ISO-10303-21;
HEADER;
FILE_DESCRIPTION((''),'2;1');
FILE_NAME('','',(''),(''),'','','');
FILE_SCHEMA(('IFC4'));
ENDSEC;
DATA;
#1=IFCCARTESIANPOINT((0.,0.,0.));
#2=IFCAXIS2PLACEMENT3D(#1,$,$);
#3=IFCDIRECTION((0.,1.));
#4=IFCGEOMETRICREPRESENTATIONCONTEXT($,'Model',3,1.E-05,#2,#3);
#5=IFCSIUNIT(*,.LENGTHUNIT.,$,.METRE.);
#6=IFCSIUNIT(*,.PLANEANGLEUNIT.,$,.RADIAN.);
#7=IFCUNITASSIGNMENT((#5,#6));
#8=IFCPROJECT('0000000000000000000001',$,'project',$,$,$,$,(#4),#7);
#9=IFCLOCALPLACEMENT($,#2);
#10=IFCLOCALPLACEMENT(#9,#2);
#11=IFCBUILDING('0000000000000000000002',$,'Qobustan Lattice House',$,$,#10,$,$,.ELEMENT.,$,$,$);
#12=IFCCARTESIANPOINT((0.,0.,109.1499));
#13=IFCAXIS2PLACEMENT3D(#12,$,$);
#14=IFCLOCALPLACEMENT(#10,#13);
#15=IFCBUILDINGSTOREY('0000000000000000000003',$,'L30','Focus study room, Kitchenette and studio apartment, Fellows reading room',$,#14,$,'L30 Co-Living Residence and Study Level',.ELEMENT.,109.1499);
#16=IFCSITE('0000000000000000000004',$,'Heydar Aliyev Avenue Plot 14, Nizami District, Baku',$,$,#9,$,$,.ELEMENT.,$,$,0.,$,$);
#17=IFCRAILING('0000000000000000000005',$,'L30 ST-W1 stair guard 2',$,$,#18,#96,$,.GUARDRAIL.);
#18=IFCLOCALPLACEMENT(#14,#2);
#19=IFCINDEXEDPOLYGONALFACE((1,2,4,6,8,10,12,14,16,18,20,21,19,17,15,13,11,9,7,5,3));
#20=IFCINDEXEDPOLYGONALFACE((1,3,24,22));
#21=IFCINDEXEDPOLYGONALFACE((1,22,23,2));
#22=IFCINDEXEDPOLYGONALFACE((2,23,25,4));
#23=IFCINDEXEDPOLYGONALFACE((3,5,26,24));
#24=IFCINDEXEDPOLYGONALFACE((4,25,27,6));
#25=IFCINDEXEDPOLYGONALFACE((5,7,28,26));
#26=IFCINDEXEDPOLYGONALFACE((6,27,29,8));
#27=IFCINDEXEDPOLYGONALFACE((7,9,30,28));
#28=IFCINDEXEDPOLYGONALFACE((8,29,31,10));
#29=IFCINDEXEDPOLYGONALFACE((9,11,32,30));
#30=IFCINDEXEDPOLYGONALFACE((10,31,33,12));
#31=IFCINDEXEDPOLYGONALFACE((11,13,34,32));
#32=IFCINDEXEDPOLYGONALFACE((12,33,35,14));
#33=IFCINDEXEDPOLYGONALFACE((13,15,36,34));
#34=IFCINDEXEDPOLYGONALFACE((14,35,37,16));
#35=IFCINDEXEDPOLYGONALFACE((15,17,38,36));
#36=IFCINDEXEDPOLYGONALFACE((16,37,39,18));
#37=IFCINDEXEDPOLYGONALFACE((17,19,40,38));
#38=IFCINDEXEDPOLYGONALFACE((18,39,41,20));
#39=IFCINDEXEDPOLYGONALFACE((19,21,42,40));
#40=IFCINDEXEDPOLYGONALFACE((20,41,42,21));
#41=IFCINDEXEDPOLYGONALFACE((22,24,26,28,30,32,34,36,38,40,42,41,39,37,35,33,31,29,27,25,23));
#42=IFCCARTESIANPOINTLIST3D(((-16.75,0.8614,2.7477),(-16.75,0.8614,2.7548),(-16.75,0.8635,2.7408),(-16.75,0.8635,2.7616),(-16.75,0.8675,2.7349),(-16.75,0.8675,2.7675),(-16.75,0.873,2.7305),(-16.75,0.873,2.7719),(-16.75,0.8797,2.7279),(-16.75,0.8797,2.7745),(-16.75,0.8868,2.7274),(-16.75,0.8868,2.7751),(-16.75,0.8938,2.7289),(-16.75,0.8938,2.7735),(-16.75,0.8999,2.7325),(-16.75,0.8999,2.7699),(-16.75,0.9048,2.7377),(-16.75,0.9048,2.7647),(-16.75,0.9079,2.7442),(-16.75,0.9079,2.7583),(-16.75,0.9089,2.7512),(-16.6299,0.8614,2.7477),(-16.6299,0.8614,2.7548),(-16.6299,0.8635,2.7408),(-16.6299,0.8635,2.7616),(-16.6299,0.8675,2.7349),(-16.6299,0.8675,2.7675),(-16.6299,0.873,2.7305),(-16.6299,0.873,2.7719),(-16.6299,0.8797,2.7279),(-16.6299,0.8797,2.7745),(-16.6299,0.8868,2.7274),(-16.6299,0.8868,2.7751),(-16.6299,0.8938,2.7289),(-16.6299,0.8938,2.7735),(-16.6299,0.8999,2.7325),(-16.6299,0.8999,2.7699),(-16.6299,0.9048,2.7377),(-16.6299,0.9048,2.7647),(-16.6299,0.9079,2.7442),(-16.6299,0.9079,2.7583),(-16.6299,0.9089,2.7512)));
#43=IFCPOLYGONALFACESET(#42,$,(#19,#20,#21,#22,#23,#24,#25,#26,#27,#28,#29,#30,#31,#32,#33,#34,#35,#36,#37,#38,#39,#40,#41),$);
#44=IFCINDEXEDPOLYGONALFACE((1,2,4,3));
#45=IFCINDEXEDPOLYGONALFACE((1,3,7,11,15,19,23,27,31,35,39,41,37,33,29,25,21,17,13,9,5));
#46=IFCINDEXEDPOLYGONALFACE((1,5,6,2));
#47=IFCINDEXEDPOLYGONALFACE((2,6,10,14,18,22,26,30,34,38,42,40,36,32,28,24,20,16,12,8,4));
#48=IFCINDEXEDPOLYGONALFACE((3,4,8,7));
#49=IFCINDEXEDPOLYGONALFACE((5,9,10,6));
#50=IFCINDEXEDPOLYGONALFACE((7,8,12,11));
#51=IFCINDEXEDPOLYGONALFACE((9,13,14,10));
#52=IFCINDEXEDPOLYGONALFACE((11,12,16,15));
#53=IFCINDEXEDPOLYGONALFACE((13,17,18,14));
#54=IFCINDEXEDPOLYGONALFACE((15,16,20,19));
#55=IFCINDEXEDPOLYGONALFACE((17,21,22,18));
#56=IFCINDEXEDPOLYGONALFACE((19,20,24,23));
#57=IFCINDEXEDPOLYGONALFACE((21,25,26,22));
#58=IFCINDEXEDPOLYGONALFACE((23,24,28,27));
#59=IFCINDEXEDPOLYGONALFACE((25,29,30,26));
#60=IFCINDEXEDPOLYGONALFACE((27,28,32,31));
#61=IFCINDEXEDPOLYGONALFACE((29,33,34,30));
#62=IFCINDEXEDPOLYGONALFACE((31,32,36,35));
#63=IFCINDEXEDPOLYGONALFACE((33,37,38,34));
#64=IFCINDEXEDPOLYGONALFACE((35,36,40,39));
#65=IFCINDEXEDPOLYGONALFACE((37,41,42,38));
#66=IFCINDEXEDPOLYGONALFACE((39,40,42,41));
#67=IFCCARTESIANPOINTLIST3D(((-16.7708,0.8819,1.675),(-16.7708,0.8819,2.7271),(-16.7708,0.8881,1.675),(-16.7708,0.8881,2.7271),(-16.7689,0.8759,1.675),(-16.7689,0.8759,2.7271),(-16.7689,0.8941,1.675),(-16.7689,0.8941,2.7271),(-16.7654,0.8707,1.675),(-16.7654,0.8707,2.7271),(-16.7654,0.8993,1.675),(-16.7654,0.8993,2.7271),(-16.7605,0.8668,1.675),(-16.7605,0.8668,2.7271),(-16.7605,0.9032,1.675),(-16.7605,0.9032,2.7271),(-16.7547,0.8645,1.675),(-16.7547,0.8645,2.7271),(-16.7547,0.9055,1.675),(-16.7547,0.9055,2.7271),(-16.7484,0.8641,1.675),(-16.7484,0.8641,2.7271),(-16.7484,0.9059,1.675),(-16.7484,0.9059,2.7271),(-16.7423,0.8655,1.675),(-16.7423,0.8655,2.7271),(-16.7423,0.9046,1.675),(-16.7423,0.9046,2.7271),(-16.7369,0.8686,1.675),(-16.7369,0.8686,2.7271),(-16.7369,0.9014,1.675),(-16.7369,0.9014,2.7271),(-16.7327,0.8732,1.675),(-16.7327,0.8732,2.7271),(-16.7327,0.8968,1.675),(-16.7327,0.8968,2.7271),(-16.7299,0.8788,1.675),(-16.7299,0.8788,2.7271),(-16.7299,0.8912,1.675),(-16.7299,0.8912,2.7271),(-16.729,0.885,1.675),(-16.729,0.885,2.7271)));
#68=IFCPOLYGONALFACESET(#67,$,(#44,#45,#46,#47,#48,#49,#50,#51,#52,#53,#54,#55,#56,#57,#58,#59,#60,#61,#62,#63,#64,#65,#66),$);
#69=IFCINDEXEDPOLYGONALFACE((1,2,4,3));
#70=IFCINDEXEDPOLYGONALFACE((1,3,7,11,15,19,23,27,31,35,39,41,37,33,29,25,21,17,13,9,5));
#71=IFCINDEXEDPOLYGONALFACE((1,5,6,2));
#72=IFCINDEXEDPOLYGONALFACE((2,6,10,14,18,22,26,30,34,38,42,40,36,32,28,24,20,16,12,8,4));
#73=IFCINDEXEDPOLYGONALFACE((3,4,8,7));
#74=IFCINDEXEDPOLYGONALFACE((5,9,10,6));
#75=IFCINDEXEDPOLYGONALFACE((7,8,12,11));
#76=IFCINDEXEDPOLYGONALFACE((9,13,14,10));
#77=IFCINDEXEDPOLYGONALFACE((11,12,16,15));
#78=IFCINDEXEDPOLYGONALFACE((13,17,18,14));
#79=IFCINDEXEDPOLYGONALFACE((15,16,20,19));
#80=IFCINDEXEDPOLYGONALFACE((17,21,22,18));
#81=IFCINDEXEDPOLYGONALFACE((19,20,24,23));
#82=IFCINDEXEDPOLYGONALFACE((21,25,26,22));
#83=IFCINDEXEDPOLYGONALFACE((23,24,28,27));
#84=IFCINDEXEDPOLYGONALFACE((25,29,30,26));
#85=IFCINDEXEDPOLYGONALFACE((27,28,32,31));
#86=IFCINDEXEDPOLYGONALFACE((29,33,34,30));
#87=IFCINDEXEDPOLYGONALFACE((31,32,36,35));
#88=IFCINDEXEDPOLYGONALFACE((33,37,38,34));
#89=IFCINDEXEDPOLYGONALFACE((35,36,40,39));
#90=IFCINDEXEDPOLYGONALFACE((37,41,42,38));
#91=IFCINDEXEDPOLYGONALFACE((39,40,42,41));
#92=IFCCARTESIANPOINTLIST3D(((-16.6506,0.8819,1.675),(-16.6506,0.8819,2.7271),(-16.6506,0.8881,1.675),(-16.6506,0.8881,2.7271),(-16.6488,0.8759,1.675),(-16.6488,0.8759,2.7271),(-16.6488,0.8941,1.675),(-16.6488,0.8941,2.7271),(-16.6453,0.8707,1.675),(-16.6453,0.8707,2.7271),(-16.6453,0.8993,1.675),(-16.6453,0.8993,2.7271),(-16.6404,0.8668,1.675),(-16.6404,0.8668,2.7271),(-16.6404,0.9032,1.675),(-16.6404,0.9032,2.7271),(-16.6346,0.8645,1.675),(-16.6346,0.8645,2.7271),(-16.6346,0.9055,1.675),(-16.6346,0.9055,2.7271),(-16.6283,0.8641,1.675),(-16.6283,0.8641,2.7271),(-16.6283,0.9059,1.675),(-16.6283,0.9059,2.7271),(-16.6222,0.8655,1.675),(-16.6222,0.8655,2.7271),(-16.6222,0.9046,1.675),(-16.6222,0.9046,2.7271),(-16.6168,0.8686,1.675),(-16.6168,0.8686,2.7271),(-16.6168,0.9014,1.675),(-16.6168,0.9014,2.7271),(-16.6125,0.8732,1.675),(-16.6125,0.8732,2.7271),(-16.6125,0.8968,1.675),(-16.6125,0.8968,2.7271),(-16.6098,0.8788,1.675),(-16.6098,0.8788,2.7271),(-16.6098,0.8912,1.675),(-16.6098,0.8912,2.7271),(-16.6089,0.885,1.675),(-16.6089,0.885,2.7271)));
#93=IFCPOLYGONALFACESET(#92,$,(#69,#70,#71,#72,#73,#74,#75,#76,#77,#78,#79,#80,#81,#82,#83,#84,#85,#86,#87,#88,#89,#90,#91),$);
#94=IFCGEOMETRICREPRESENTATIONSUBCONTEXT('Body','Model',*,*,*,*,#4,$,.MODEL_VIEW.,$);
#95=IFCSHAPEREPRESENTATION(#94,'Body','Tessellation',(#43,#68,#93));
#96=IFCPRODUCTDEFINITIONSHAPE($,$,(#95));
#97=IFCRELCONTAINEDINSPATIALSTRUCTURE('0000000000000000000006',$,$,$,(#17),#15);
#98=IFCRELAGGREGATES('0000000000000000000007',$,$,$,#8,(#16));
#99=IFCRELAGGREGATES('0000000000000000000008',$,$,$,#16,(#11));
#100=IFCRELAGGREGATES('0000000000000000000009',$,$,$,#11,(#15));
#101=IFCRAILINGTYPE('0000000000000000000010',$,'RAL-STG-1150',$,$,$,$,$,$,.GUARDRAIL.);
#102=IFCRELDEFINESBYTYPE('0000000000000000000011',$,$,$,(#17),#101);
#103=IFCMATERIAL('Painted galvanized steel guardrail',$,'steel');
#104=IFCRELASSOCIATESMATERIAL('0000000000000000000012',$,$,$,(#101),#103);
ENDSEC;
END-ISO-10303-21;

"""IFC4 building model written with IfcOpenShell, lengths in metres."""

from ifc_helpers import new_model, si_unit, direction, frame, origin, origin_2d, place, context, subcontext, project, spatial, circle, extrude, material, type_object, element, save


model = new_model("IFC4")

# Units and contexts
model_context = context("Model", 3, precision=1e-05, world=origin(), true_north=direction((0.0, 1.0)))
body_context = subcontext(model_context, "Body", "Model", "MODEL_VIEW")
ifc_project = project(units=[si_unit("LENGTHUNIT", "METRE"), si_unit("PLANEANGLEUNIT", "RADIAN")], contexts=[model_context])

# Site, building, storey
site_placement = place(None, origin())
site = spatial("IfcSite", under=ifc_project, at=site_placement, Name="Heydar Aliyev Avenue Plot 14, Nizami District, Baku", CompositionType="ELEMENT", RefElevation=0.0)
building_placement = place(site_placement, origin())
building = spatial("IfcBuilding", under=site, at=building_placement, Name="Qobustan Lattice House", CompositionType="ELEMENT")
storey_placement = place(building_placement, frame((0.0, 0.0, 109.1499)))
storey = spatial("IfcBuildingStorey", under=building, at=storey_placement, Name="L30", Description="Focus study room, Kitchenette and studio apartment, Fellows reading room", LongName="L30 Co-Living Residence and Study Level", CompositionType="ELEMENT", Elevation=109.1499)

# Railing
ifc_material_1 = material(Name="Painted galvanized steel guardrail", Category="steel")
railing_type = type_object("IfcRailingType", Name="RAL-STG-1150", PredefinedType="GUARDRAIL", material=ifc_material_1)
railing_placement = place(storey_placement, frame((-16.75, 0.885, 1.675)))
element("IfcRailing", 1, at=railing_placement, inside=storey, type_object=railing_type, Name="L30 ST-W1 stair guard 2", PredefinedType="GUARDRAIL", context=body_context, shape_type="SweptSolid", body=[
    extrude(circle(Radius=0.0239, at=origin_2d()), frame((0.0, 0.0, 1.0762), z_axis=(1.0, 0.0, 0.0), x_axis=(0.0, 1.0, 0.0)), (0.0, 0.0, 1.0), 0.1201),
    extrude(circle(Radius=0.021, at=origin_2d()), origin(), (0.0, 0.0, 1.0), 1.052),
    extrude(circle(Radius=0.021, at=origin_2d()), frame((0.1201, 0.0, 0.0)), (0.0, 0.0, 1.0), 1.052),
])

save(model, "model.ifc")
